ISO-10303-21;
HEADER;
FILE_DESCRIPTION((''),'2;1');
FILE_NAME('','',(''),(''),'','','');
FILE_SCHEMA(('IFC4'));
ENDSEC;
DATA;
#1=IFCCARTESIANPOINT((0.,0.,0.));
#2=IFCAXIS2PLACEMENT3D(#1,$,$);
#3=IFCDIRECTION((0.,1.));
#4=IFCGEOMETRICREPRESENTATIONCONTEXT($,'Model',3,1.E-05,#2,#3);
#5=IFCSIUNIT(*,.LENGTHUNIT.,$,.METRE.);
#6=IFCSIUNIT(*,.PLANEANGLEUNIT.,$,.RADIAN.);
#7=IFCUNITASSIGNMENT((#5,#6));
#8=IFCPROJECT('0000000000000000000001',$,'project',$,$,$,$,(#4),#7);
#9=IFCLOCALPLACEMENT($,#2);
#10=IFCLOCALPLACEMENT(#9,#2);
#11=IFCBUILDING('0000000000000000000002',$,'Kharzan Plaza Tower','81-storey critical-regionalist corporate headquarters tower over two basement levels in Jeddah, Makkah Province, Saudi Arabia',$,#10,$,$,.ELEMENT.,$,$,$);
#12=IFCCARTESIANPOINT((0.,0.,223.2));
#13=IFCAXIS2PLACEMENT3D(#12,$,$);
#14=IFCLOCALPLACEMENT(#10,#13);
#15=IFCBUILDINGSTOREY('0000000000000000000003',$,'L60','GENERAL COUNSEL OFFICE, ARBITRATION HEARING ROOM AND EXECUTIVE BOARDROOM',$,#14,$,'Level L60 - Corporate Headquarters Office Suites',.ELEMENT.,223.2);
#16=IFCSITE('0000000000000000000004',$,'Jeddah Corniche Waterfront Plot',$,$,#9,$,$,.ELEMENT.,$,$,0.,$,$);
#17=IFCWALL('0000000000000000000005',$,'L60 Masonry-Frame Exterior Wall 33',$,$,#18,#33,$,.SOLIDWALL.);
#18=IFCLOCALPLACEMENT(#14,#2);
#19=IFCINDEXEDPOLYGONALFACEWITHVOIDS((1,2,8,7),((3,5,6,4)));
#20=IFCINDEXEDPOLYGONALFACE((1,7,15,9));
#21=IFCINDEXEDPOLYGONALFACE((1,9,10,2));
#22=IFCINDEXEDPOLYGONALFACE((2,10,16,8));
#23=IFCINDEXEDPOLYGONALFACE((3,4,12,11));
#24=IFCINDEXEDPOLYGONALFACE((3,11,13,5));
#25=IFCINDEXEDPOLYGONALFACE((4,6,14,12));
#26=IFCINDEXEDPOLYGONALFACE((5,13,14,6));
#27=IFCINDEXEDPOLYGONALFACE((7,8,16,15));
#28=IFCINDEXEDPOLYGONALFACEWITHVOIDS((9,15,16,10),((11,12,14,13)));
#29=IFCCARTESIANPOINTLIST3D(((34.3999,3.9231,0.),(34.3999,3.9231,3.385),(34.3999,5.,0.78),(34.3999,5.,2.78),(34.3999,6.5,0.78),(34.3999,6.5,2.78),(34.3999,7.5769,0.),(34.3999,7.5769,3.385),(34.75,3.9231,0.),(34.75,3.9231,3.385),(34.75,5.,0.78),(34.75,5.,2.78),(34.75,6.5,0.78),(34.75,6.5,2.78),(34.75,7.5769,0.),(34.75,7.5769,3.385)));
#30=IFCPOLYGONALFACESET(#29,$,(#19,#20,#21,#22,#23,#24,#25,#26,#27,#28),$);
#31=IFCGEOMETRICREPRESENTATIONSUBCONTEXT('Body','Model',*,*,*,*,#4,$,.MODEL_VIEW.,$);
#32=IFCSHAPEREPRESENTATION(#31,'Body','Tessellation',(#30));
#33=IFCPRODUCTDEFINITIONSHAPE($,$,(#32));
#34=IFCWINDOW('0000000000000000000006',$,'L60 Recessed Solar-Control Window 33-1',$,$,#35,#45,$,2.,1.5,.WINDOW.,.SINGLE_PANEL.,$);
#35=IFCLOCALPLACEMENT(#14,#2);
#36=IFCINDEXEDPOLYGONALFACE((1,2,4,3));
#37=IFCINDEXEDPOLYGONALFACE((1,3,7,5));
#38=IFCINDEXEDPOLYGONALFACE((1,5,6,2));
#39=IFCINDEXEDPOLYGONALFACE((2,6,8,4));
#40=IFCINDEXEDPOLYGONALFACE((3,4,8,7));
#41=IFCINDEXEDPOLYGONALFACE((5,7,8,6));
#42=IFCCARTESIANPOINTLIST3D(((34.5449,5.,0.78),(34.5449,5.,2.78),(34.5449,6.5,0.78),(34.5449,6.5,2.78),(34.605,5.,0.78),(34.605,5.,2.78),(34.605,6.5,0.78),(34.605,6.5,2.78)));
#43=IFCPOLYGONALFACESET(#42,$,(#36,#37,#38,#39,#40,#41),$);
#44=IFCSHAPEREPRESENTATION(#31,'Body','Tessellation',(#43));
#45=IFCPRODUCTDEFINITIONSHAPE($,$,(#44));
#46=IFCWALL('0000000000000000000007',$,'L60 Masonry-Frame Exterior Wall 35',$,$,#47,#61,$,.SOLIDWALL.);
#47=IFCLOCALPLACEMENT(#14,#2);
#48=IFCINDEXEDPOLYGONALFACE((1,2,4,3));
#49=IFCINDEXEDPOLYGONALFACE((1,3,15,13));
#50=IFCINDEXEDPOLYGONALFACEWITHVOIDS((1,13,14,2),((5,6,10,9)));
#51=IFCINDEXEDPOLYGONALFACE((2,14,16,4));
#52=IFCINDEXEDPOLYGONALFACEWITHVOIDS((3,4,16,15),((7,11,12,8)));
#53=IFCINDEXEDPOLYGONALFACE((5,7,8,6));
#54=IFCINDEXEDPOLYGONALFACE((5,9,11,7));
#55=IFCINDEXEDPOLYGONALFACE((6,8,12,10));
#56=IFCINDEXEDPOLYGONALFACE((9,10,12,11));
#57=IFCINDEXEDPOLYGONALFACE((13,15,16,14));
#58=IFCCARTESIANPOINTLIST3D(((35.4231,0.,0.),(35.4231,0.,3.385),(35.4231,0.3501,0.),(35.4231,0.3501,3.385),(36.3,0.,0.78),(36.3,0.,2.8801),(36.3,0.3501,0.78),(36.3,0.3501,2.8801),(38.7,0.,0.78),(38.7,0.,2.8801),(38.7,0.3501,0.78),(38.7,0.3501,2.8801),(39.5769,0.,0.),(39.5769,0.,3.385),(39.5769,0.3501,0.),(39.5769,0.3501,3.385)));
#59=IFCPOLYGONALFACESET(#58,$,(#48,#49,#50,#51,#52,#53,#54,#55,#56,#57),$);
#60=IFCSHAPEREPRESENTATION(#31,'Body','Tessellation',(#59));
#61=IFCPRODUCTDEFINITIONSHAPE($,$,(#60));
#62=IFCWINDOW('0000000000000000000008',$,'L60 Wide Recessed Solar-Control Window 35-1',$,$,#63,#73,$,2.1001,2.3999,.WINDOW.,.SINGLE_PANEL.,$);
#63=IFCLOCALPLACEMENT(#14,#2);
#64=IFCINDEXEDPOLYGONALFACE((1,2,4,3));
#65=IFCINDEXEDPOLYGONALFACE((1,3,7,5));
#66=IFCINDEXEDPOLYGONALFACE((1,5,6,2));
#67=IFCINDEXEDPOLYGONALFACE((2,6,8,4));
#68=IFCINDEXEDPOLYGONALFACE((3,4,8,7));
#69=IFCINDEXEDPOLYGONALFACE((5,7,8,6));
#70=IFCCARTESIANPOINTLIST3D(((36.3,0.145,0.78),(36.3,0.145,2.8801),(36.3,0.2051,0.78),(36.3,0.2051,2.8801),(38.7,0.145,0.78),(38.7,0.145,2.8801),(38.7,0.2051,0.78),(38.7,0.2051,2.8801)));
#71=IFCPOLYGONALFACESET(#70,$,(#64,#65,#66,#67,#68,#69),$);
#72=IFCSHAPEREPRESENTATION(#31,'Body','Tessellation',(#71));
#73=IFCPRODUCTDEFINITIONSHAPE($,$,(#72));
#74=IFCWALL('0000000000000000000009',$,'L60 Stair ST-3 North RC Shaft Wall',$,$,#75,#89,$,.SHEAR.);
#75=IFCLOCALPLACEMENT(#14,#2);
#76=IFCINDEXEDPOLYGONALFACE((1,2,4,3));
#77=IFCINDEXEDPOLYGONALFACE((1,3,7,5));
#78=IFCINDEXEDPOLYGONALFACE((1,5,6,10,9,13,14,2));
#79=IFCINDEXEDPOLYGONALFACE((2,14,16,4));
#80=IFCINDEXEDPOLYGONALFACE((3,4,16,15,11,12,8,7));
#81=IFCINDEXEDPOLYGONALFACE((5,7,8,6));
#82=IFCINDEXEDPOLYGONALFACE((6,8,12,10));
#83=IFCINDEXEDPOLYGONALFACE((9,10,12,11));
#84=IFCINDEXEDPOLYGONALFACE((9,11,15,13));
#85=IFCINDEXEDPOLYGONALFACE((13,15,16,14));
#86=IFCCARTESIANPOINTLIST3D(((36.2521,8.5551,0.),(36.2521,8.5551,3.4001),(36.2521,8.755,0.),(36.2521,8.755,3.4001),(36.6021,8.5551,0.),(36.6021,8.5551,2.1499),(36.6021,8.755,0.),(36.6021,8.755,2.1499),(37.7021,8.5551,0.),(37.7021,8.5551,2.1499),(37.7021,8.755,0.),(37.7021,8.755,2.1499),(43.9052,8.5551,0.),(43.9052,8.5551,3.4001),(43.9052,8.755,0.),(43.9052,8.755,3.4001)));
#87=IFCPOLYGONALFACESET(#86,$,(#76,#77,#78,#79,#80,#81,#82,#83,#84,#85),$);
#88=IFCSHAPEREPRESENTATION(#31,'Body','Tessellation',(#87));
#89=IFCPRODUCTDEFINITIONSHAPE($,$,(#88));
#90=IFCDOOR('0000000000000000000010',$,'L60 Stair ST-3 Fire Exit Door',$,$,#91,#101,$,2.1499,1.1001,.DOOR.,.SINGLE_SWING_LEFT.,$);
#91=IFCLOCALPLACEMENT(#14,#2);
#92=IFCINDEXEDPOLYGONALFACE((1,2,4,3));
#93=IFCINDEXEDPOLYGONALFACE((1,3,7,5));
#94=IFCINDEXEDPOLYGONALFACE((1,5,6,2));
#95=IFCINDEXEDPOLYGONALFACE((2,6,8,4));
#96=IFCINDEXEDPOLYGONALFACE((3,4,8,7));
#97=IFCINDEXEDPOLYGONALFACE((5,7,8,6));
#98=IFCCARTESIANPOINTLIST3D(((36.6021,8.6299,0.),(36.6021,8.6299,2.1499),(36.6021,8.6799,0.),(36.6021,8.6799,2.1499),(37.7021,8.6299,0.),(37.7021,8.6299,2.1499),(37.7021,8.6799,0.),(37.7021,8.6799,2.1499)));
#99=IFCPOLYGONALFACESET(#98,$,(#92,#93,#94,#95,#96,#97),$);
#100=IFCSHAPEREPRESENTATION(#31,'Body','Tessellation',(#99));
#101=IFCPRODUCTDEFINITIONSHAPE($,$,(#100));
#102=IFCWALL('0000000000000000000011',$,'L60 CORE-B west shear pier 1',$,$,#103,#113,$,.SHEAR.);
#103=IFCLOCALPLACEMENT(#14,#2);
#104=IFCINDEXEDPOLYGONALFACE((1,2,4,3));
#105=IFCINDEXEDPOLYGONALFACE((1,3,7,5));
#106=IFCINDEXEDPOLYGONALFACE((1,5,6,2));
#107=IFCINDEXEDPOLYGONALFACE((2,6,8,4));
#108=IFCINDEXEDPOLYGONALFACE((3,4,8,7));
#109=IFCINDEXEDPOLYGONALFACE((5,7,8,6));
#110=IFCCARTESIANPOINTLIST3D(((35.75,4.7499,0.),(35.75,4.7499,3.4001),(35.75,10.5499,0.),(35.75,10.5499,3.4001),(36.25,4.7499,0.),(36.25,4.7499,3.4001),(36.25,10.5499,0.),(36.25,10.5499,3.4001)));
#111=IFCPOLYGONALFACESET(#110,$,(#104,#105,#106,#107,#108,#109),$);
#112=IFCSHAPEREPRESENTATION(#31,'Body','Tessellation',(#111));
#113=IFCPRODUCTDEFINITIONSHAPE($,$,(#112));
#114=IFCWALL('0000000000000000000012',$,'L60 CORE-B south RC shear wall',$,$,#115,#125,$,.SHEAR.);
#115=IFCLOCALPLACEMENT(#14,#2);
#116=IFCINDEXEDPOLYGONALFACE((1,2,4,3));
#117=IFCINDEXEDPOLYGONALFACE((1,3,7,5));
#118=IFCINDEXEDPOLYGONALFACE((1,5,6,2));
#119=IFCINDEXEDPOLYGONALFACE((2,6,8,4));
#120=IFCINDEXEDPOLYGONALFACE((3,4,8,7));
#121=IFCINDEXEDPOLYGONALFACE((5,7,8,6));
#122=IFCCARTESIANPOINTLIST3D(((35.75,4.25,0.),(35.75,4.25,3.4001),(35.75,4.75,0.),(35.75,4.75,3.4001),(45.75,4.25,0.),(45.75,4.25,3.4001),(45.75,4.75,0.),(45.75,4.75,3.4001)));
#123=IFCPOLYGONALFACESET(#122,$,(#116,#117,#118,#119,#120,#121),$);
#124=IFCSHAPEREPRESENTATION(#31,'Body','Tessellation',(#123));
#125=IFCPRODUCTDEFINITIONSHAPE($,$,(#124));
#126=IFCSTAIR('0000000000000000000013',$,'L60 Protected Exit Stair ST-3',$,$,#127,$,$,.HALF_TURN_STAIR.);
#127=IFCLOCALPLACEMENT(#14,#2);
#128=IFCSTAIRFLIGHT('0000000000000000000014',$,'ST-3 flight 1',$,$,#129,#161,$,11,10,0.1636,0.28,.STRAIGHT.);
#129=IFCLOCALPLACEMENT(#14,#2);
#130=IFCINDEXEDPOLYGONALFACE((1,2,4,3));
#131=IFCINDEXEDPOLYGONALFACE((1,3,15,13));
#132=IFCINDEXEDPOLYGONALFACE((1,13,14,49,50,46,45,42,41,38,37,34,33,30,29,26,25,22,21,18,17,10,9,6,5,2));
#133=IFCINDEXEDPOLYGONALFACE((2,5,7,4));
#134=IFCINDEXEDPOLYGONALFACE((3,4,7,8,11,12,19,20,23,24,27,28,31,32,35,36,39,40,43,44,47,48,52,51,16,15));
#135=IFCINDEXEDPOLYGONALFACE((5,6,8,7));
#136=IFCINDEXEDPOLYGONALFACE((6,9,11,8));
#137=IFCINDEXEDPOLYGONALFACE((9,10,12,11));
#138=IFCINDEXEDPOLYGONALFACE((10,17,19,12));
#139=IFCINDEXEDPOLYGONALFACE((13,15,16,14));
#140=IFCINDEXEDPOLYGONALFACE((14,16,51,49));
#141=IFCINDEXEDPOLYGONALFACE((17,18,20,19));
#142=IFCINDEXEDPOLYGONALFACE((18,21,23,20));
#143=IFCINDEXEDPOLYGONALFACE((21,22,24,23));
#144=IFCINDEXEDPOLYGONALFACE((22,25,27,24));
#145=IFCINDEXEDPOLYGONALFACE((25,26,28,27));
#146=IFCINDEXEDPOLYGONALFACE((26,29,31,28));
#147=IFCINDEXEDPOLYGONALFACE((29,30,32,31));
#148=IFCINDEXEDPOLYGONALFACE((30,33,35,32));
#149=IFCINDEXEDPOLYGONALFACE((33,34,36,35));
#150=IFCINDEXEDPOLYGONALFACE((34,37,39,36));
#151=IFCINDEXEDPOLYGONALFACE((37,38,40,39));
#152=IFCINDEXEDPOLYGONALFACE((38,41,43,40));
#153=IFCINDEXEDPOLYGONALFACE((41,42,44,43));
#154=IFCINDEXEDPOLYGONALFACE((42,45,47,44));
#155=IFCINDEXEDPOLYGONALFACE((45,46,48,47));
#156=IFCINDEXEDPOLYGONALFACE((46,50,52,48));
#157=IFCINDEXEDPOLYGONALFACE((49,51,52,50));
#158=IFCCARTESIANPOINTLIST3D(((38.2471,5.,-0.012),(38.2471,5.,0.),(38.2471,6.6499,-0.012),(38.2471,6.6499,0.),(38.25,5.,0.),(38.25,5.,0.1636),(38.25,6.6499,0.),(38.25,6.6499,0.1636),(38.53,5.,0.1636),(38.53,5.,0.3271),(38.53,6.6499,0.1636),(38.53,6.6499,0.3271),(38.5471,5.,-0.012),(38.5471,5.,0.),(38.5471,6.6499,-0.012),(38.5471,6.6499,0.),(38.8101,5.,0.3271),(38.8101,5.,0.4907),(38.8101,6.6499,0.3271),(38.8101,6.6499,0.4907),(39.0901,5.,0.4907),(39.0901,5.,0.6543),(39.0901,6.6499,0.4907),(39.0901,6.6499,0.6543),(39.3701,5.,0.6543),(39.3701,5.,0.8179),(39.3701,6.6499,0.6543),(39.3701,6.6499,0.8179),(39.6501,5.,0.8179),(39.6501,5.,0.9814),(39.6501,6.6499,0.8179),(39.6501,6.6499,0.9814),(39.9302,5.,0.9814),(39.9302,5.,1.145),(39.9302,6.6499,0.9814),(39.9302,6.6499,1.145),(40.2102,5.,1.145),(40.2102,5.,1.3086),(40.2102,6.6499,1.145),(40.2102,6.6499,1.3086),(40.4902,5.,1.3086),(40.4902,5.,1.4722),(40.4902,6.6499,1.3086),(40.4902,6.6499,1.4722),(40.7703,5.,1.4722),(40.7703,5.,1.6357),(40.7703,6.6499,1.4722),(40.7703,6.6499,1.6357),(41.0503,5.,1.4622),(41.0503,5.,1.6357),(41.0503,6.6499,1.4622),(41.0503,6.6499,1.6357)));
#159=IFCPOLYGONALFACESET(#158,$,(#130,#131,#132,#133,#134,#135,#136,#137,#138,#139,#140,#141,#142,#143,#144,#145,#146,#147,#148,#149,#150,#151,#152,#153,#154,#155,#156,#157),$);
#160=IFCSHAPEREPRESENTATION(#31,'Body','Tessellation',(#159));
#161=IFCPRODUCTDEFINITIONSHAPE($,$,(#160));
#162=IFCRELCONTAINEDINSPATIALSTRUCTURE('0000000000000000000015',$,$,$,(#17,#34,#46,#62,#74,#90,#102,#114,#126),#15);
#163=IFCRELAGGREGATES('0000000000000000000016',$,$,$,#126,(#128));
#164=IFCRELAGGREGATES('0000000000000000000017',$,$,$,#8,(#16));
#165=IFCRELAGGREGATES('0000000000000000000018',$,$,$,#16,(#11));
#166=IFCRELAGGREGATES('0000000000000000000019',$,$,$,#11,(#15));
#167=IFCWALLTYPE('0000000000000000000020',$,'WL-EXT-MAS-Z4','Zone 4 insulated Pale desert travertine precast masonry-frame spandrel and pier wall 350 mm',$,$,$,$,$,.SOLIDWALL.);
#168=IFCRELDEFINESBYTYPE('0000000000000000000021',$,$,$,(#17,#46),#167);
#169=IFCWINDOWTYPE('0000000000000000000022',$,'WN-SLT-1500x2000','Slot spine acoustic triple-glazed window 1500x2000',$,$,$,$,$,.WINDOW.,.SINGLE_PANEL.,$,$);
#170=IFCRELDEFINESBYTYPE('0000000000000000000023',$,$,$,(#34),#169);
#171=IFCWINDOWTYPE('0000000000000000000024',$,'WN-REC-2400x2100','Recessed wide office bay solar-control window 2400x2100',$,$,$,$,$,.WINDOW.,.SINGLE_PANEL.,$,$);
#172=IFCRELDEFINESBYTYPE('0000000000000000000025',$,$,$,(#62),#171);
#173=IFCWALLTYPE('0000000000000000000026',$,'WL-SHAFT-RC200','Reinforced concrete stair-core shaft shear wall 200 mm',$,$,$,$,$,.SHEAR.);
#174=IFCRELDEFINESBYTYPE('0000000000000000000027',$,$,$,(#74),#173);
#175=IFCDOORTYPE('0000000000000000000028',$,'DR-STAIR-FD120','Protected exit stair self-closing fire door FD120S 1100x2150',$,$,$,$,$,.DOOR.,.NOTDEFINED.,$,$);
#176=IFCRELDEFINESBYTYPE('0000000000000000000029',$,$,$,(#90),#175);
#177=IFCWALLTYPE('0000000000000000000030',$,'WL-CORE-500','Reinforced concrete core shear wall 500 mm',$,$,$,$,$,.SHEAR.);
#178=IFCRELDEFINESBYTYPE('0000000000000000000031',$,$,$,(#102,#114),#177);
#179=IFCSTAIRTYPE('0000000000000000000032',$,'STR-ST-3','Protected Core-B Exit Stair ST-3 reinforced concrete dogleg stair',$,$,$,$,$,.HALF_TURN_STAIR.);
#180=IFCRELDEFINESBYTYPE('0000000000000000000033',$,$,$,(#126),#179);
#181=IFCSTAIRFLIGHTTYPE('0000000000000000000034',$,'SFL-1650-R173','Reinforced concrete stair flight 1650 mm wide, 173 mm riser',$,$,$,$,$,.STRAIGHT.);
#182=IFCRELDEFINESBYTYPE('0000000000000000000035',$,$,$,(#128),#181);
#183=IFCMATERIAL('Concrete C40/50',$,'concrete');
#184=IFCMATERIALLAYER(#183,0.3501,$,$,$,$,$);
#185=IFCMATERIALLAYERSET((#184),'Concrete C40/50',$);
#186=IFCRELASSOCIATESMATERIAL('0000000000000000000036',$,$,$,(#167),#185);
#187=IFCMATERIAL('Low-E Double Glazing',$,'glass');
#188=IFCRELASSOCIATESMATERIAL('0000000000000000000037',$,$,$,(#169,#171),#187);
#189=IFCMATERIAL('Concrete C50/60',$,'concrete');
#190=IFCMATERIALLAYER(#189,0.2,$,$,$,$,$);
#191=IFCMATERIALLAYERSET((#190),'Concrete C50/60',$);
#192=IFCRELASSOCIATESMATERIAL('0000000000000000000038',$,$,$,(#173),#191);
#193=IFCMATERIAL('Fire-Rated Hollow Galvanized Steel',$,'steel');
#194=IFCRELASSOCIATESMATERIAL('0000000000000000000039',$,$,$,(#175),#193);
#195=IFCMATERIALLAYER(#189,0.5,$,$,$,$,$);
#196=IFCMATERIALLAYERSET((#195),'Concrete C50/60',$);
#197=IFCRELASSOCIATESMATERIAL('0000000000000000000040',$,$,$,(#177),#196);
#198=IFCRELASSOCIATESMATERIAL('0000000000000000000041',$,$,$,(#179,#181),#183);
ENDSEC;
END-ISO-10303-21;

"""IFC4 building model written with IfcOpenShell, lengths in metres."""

from ifc_helpers import new_model, si_unit, direction, frame, frame_2d, origin, place, context, subcontext, project, spatial, polyline, rectangle, outline, extrude, source, transform, mapped, material, layer, layer_set, type_object, element, fill, aggregate, save


model = new_model("IFC4")

# Units and contexts
model_context = context("Model", 3, precision=1e-05, world=origin(), true_north=direction((0.0, 1.0)))
body_context = subcontext(model_context, "Body", "Model", "MODEL_VIEW")
ifc_project = project(units=[si_unit("LENGTHUNIT", "METRE"), si_unit("PLANEANGLEUNIT", "RADIAN")], contexts=[model_context])

# Site, building, storey
site_placement = place(None, origin())
site = spatial("IfcSite", under=ifc_project, at=site_placement, Name="Jeddah Corniche Waterfront Plot", CompositionType="ELEMENT", RefElevation=0.0)
building_placement = place(site_placement, origin())
building = spatial("IfcBuilding", under=site, at=building_placement, Name="Kharzan Plaza Tower", Description="81-storey critical-regionalist corporate headquarters tower over two basement levels in Jeddah, Makkah Province, Saudi Arabia", CompositionType="ELEMENT")
storey_placement = place(building_placement, frame((0.0, 0.0, 223.2)))
storey = spatial("IfcBuildingStorey", under=building, at=storey_placement, Name="L60", Description="GENERAL COUNSEL OFFICE, ARBITRATION HEARING ROOM AND EXECUTIVE BOARDROOM", LongName="Level L60 - Corporate Headquarters Office Suites", CompositionType="ELEMENT", Elevation=223.2)

# Shared definitions
ifc_material_1 = material(Name="Concrete C50/60", Category="concrete")

# Walls, openings, windows
ifc_material_2 = material(Name="Concrete C40/50", Category="concrete")
ifc_layer_1 = layer(ifc_material_2, 0.3501)
ifc_layer_set_1 = layer_set([ifc_layer_1], Name="Concrete C40/50")
wall_type_1 = type_object("IfcWallType", Name="WL-EXT-MAS-Z4", Description="Zone 4 insulated Pale desert travertine precast masonry-frame spandrel and pier wall 350 mm", PredefinedType="SOLIDWALL", material=ifc_layer_set_1)
wall_1_placement = place(storey_placement, frame((34.575, 7.5769, 0.0), z_axis=(0.0, 0.0, 1.0), x_axis=(0.0, -1.0, 0.0)))
wall_1 = element("IfcWall", 1, at=wall_1_placement, inside=storey, type_object=wall_type_1, Name="L60 Masonry-Frame Exterior Wall 33", PredefinedType="SOLIDWALL", context=body_context, shape_type="SweptSolid", body=[
    extrude(rectangle(XDim=3.6538, YDim=0.3501, at=frame_2d((1.8269, 0.0))), origin(), (0.0, 0.0, 1.0), 3.385),
])
opening_1_placement = place(wall_1_placement, frame((1.0769, 0.0, 0.78)))
opening_1 = element("IfcOpeningElement", 2, at=opening_1_placement, cuts=wall_1, PredefinedType="OPENING", context=body_context, shape_type="SweptSolid", body=[
    extrude(rectangle(XDim=1.5, YDim=2.0, at=frame_2d((0.75, 1.0))), frame((0.0, 0.1851, 0.0), z_axis=(0.0, -1.0, 0.0), x_axis=(1.0, 0.0, 0.0)), (0.0, 0.0, 1.0), 0.3701),
])
ifc_material_3 = material(Name="Low-E Double Glazing", Category="glass")
window_type_1 = type_object("IfcWindowType", Name="WN-SLT-1500x2000", Description="Slot spine acoustic triple-glazed window 1500x2000", PartitioningType="SINGLE_PANEL", PredefinedType="WINDOW", material=ifc_material_3)
shared_shape_1 = source(origin(), body_context, "Body", "SweptSolid", [
    extrude(rectangle(XDim=1.5, YDim=2.0, at=frame_2d((0.75, 1.0))), frame((0.0, 0.03, 0.0), z_axis=(0.0, -1.0, 0.0), x_axis=(1.0, 0.0, 0.0)), (0.0, 0.0, 1.0), 0.0601),
])
window_1_placement = place(opening_1_placement, origin())
window_1 = element("IfcWindow", 3, at=window_1_placement, inside=storey, type_object=window_type_1, Name="L60 Recessed Solar-Control Window 33-1", OverallHeight=2.0, OverallWidth=1.5, PartitioningType="SINGLE_PANEL", PredefinedType="WINDOW", context=body_context, shape_type="MappedRepresentation", body=[
    mapped(shared_shape_1, transform((0.0, 0.0, 0.0), x_axis=(1.0, 0.0, 0.0), y_axis=(0.0, 1.0, 0.0), z_axis=(0.0, 0.0, 1.0))),
])
fill(opening_1, window_1)
wall_2_placement = place(storey_placement, frame((35.4231, 0.175, 0.0), z_axis=(0.0, 0.0, 1.0), x_axis=(1.0, 0.0, 0.0)))
wall_2 = element("IfcWall", 4, at=wall_2_placement, inside=storey, type_object=wall_type_1, Name="L60 Masonry-Frame Exterior Wall 35", PredefinedType="SOLIDWALL", context=body_context, shape_type="SweptSolid", body=[
    extrude(rectangle(XDim=4.1538, YDim=0.3501, at=frame_2d((2.0769, 0.0))), origin(), (0.0, 0.0, 1.0), 3.385),
])
opening_2_placement = place(wall_2_placement, frame((0.877, 0.0, 0.78)))
opening_2 = element("IfcOpeningElement", 5, at=opening_2_placement, cuts=wall_2, PredefinedType="OPENING", context=body_context, shape_type="SweptSolid", body=[
    extrude(rectangle(XDim=2.3999, YDim=2.1001, at=frame_2d((1.2, 1.05))), frame((0.0, 0.1851, 0.0), z_axis=(0.0, -1.0, 0.0), x_axis=(1.0, 0.0, 0.0)), (0.0, 0.0, 1.0), 0.3701),
])
window_type_2 = type_object("IfcWindowType", Name="WN-REC-2400x2100", Description="Recessed wide office bay solar-control window 2400x2100", PartitioningType="SINGLE_PANEL", PredefinedType="WINDOW", material=ifc_material_3)
shared_shape_2 = source(origin(), body_context, "Body", "SweptSolid", [
    extrude(rectangle(XDim=2.3999, YDim=2.1001, at=frame_2d((1.2, 1.05))), frame((0.0, 0.03, 0.0), z_axis=(0.0, -1.0, 0.0), x_axis=(1.0, 0.0, 0.0)), (0.0, 0.0, 1.0), 0.0601),
])
window_2_placement = place(opening_2_placement, origin())
window_2 = element("IfcWindow", 6, at=window_2_placement, inside=storey, type_object=window_type_2, Name="L60 Wide Recessed Solar-Control Window 35-1", OverallHeight=2.1001, OverallWidth=2.3999, PartitioningType="SINGLE_PANEL", PredefinedType="WINDOW", context=body_context, shape_type="MappedRepresentation", body=[
    mapped(shared_shape_2, transform((0.0, 0.0, 0.0), x_axis=(1.0, 0.0, 0.0), y_axis=(0.0, 1.0, 0.0), z_axis=(0.0, 0.0, 1.0))),
])
fill(opening_2, window_2)

# Wall, opening, door
ifc_layer_2 = layer(ifc_material_1, 0.2)
ifc_layer_set_2 = layer_set([ifc_layer_2], Name="Concrete C50/60")
wall_type_2 = type_object("IfcWallType", Name="WL-SHAFT-RC200", Description="Reinforced concrete stair-core shaft shear wall 200 mm", PredefinedType="SHEAR", material=ifc_layer_set_2)
wall_3_placement = place(storey_placement, frame((36.252, 8.655, 0.0), z_axis=(0.0, 0.0, 1.0), x_axis=(1.0, 0.0, 0.0)))
wall_3 = element("IfcWall", 7, at=wall_3_placement, inside=storey, type_object=wall_type_2, Name="L60 Stair ST-3 North RC Shaft Wall", PredefinedType="SHEAR", context=body_context, shape_type="SweptSolid", body=[
    extrude(rectangle(XDim=7.6531, YDim=0.2, at=frame_2d((3.8267, 0.0))), origin(), (0.0, 0.0, 1.0), 3.4001),
])
opening_3_placement = place(wall_3_placement, frame((0.3501, 0.0, 0.0)))
opening_3 = element("IfcOpeningElement", 8, at=opening_3_placement, cuts=wall_3, PredefinedType="OPENING", context=body_context, shape_type="SweptSolid", body=[
    extrude(rectangle(XDim=1.1001, YDim=2.1499, at=frame_2d((0.55, 1.075))), frame((0.0, 0.1099, 0.0), z_axis=(0.0, -1.0, 0.0), x_axis=(1.0, 0.0, 0.0)), (0.0, 0.0, 1.0), 0.22),
])
ifc_material_4 = material(Name="Fire-Rated Hollow Galvanized Steel", Category="steel")
door_type = type_object("IfcDoorType", Name="DR-STAIR-FD120", Description="Protected exit stair self-closing fire door FD120S 1100x2150", OperationType="NOTDEFINED", PredefinedType="DOOR", material=ifc_material_4)
shared_shape_3 = source(origin(), body_context, "Body", "SweptSolid", [
    extrude(rectangle(XDim=1.1001, YDim=2.1499, at=frame_2d((0.55, 1.075))), frame((0.0, 0.0249, 0.0), z_axis=(0.0, -1.0, 0.0), x_axis=(1.0, 0.0, 0.0)), (0.0, 0.0, 1.0), 0.05),
])
door_placement = place(opening_3_placement, origin())
door = element("IfcDoor", 9, at=door_placement, inside=storey, type_object=door_type, Name="L60 Stair ST-3 Fire Exit Door", OperationType="SINGLE_SWING_LEFT", OverallHeight=2.1499, OverallWidth=1.1001, PredefinedType="DOOR", context=body_context, shape_type="MappedRepresentation", body=[
    mapped(shared_shape_3, transform((0.0, 0.0, 0.0), x_axis=(1.0, 0.0, 0.0), y_axis=(0.0, 1.0, 0.0), z_axis=(0.0, 0.0, 1.0))),
])
fill(opening_3, door)

# Walls
ifc_layer_3 = layer(ifc_material_1, 0.5)
ifc_layer_set_3 = layer_set([ifc_layer_3], Name="Concrete C50/60")
wall_type_3 = type_object("IfcWallType", Name="WL-CORE-500", Description="Reinforced concrete core shear wall 500 mm", PredefinedType="SHEAR", material=ifc_layer_set_3)
shared_shape_4 = source(origin(), body_context, "Body", "SweptSolid", [
    extrude(rectangle(XDim=5.8, YDim=0.5, at=frame_2d((2.8999, 0.0))), origin(), (0.0, 0.0, 1.0), 3.4001),
])
wall_4_placement = place(storey_placement, frame((36.0, 4.75, 0.0), z_axis=(0.0, 0.0, 1.0), x_axis=(0.0, 1.0, 0.0)))
element("IfcWall", 10, at=wall_4_placement, inside=storey, type_object=wall_type_3, Name="L60 CORE-B west shear pier 1", PredefinedType="SHEAR", context=body_context, shape_type="MappedRepresentation", body=[
    mapped(shared_shape_4, transform((0.0, 0.0, 0.0), x_axis=(1.0, 0.0, 0.0), y_axis=(0.0, 1.0, 0.0), z_axis=(0.0, 0.0, 1.0))),
])
shared_shape_5 = source(origin(), body_context, "Body", "SweptSolid", [
    extrude(rectangle(XDim=10.0, YDim=0.5, at=frame_2d((5.0, 0.0))), origin(), (0.0, 0.0, 1.0), 3.4001),
])
wall_5_placement = place(storey_placement, frame((35.75, 4.5, 0.0), z_axis=(0.0, 0.0, 1.0), x_axis=(1.0, 0.0, 0.0)))
element("IfcWall", 11, at=wall_5_placement, inside=storey, type_object=wall_type_3, Name="L60 CORE-B south RC shear wall", PredefinedType="SHEAR", context=body_context, shape_type="MappedRepresentation", body=[
    mapped(shared_shape_5, transform((0.0, 0.0, 0.0), x_axis=(1.0, 0.0, 0.0), y_axis=(0.0, 1.0, 0.0), z_axis=(0.0, 0.0, 1.0))),
])

# Stair, stair flight
stair_type = type_object("IfcStairType", Name="STR-ST-3", Description="Protected Core-B Exit Stair ST-3 reinforced concrete dogleg stair", PredefinedType="HALF_TURN_STAIR", material=ifc_material_2)
stair_placement = place(storey_placement, origin())
stair = element("IfcStair", 12, at=stair_placement, inside=storey, type_object=stair_type, Name="L60 Protected Exit Stair ST-3", PredefinedType="HALF_TURN_STAIR")
stair_flight_type = type_object("IfcStairFlightType", Name="SFL-1650-R173", Description="Reinforced concrete stair flight 1650 mm wide, 173 mm riser", PredefinedType="STRAIGHT", material=ifc_material_2)
shared_shape_6 = source(origin(), body_context, "Body", "SweptSolid", [
    extrude(outline(polyline([(-0.0029, -0.012), (-0.0029, 0.0), (0.0, 0.0), (0.0, 0.1636), (0.28, 0.1636), (0.28, 0.3271), (0.5601, 0.3271), (0.5601, 0.4907), (0.8401, 0.4907), (0.8401, 0.6543), (1.1201, 0.6543), (1.1201, 0.8179), (1.4001, 0.8179), (1.4001, 0.9814), (1.6802, 0.9814), (1.6802, 1.145), (1.9602, 1.145), (1.9602, 1.3086), (2.2402, 1.3086), (2.2402, 1.4722), (2.5203, 1.4722), (2.5203, 1.6357), (2.8003, 1.6357), (2.8003, 1.7993), (2.8003, 1.4622), (0.2971, 0.0), (0.2971, -0.012), (-0.0029, -0.012)])), frame((0.0, 0.825, 0.0), z_axis=(0.0, -1.0, 0.0), x_axis=(1.0, 0.0, 0.0)), (0.0, 0.0, 1.0), 1.6499),
])
stair_flight_placement = place(storey_placement, frame((38.25, 5.825, 0.0), z_axis=(0.0, 0.0, 1.0), x_axis=(1.0, 0.0, 0.0)))
stair_flight = element("IfcStairFlight", 13, at=stair_flight_placement, type_object=stair_flight_type, Name="ST-3 flight 1", NumberOfRisers=11, NumberOfTreads=10, PredefinedType="STRAIGHT", RiserHeight=0.1636, TreadLength=0.28, context=body_context, shape_type="MappedRepresentation", body=[
    mapped(shared_shape_6, transform((0.0, 0.0, 0.0), x_axis=(1.0, 0.0, 0.0), y_axis=(0.0, 1.0, 0.0), z_axis=(0.0, 0.0, 1.0))),
])
aggregate(stair, [stair_flight])

save(model, "model.ifc")
